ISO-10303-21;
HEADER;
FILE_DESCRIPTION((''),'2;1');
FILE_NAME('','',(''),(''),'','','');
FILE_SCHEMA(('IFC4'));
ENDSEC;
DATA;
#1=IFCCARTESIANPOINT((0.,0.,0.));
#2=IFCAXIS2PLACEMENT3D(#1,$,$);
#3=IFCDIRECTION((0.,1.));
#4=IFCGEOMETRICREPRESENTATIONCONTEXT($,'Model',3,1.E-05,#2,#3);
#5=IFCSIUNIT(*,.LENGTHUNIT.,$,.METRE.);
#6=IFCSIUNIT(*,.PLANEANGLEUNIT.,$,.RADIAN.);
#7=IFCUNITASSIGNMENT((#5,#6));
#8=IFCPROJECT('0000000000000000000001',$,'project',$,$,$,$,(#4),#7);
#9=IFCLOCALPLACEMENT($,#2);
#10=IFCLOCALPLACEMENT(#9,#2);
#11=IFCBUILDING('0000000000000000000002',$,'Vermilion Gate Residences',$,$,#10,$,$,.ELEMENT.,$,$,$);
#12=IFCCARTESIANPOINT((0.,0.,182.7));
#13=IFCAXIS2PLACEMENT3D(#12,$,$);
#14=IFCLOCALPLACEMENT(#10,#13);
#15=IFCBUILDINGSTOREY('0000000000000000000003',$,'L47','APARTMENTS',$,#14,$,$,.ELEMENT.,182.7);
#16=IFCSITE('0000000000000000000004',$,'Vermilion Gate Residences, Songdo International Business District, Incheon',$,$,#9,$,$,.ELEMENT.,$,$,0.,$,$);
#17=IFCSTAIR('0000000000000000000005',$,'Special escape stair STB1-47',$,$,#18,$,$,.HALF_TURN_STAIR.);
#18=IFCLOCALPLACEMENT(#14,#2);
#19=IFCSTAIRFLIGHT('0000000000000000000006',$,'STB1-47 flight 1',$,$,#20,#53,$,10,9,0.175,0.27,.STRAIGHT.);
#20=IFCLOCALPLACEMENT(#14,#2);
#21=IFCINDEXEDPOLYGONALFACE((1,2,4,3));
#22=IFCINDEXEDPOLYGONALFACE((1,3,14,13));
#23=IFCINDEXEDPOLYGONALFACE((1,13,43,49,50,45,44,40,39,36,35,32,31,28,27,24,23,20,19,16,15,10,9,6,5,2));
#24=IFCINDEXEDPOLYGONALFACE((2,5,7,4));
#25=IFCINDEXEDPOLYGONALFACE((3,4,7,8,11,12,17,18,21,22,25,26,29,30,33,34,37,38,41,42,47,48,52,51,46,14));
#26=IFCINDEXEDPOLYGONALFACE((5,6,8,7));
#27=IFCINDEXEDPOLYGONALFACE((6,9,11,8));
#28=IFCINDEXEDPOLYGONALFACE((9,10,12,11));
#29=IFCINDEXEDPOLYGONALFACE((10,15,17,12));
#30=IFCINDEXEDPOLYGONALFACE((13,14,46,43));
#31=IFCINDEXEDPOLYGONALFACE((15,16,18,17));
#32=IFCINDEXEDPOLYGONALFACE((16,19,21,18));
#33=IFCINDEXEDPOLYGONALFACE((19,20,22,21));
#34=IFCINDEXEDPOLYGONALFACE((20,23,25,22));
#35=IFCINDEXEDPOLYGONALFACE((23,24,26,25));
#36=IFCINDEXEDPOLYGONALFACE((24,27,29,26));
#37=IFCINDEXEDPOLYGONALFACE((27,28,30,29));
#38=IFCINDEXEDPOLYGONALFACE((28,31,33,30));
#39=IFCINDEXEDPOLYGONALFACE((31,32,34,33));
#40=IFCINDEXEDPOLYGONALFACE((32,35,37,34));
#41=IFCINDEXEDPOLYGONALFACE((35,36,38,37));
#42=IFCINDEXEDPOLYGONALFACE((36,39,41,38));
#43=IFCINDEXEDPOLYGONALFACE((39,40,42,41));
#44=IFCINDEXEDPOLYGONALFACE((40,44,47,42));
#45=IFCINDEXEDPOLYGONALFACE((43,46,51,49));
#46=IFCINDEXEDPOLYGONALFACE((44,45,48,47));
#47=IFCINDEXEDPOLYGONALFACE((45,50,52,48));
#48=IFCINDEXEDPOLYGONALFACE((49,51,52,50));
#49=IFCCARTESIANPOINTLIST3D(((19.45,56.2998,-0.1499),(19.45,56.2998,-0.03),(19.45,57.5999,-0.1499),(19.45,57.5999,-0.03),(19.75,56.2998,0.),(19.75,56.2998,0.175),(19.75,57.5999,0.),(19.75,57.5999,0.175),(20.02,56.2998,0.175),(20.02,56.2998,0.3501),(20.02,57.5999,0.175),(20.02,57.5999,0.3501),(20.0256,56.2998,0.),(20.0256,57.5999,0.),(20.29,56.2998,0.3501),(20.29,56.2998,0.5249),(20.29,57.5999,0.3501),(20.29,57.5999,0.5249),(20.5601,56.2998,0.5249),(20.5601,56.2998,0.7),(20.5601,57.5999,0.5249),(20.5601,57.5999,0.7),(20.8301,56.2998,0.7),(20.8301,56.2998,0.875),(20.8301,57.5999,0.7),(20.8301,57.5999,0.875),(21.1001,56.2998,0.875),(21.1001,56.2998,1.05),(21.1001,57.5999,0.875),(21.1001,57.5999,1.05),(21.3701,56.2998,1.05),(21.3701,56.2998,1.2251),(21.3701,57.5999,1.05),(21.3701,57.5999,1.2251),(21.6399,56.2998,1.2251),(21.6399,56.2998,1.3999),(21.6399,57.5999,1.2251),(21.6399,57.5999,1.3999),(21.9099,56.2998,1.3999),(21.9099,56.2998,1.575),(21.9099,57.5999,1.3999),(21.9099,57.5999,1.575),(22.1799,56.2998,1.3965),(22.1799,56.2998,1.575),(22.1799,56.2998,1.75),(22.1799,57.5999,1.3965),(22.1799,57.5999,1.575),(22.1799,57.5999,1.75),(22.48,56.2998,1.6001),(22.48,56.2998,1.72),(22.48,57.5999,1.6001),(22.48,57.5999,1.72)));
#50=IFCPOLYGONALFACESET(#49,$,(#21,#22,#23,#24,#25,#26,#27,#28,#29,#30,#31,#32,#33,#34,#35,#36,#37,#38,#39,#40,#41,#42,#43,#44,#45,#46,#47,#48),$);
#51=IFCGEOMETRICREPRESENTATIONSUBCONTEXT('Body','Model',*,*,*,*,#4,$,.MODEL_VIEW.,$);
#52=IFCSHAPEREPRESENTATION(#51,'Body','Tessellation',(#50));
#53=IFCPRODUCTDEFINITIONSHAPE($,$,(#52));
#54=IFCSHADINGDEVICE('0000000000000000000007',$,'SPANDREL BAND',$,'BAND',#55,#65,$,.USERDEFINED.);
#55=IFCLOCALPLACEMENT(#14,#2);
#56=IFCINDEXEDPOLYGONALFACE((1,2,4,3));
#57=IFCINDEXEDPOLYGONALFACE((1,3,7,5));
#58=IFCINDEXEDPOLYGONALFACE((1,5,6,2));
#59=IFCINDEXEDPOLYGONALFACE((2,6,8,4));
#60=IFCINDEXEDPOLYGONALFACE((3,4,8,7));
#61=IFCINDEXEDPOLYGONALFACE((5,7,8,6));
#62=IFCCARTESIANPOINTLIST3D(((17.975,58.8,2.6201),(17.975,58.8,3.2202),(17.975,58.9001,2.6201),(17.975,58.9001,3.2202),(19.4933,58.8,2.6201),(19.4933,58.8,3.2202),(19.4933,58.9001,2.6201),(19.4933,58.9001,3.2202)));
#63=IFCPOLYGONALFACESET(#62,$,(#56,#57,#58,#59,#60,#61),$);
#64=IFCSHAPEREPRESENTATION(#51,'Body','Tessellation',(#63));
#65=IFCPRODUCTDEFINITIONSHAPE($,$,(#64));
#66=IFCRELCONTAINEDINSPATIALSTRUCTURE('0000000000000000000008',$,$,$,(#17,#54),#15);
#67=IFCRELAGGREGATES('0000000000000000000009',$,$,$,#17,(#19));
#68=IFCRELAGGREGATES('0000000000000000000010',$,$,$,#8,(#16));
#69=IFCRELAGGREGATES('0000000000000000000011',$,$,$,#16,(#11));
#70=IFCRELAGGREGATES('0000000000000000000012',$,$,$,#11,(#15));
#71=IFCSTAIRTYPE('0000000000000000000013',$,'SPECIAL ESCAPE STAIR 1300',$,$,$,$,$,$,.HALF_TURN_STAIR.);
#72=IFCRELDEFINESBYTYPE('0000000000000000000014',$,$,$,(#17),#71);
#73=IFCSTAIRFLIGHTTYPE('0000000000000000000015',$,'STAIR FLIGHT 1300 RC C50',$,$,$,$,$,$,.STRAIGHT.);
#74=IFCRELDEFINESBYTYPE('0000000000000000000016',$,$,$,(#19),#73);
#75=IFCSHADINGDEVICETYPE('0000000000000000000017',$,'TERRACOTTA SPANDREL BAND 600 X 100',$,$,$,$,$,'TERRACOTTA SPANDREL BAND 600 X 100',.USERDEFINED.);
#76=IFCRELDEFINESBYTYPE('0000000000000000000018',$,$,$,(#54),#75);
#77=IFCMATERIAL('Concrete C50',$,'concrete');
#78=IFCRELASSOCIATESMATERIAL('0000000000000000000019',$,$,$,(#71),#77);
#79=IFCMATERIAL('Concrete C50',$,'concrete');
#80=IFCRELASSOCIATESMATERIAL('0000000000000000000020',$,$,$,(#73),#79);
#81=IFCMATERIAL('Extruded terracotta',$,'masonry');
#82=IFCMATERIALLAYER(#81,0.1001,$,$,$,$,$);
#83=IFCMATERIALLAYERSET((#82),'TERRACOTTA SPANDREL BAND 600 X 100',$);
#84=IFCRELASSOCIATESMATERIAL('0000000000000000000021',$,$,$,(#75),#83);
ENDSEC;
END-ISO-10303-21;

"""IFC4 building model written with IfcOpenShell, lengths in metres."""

from ifc_helpers import new_model, si_unit, direction, frame, origin, origin_2d, place, context, subcontext, project, spatial, polyline, rectangle, outline, extrude, material, layer, layer_set, type_object, element, aggregate, save


model = new_model("IFC4")

# Units and contexts
model_context = context("Model", 3, precision=1e-05, world=origin(), true_north=direction((0.0, 1.0)))
body_context = subcontext(model_context, "Body", "Model", "MODEL_VIEW")
ifc_project = project(units=[si_unit("LENGTHUNIT", "METRE"), si_unit("PLANEANGLEUNIT", "RADIAN")], contexts=[model_context])

# Site, building, storey
site_placement = place(None, origin())
site = spatial("IfcSite", under=ifc_project, at=site_placement, Name="Vermilion Gate Residences, Songdo International Business District, Incheon", CompositionType="ELEMENT", RefElevation=0.0)
building_placement = place(site_placement, origin())
building = spatial("IfcBuilding", under=site, at=building_placement, Name="Vermilion Gate Residences", CompositionType="ELEMENT")
storey_placement = place(building_placement, frame((0.0, 0.0, 182.7)))
storey = spatial("IfcBuildingStorey", under=building, at=storey_placement, Name="L47", Description="APARTMENTS", CompositionType="ELEMENT", Elevation=182.7)

# Stair, stair flight
ifc_material_1 = material(Name="Concrete C50", Category="concrete")
stair_type = type_object("IfcStairType", Name="SPECIAL ESCAPE STAIR 1300", PredefinedType="HALF_TURN_STAIR", material=ifc_material_1)
stair_placement = place(storey_placement, origin())
stair = element("IfcStair", 1, at=stair_placement, inside=storey, type_object=stair_type, Name="Special escape stair STB1-47", PredefinedType="HALF_TURN_STAIR")
ifc_material_2 = material(Name="Concrete C50", Category="concrete")
stair_flight_type = type_object("IfcStairFlightType", Name="STAIR FLIGHT 1300 RC C50", PredefinedType="STRAIGHT", material=ifc_material_2)
stair_flight_placement = place(storey_placement, frame((19.75, 56.95, 0.0), z_axis=(0.0, 0.0, 1.0), x_axis=(1.0, 0.0, 0.0)))
stair_flight = element("IfcStairFlight", 2, at=stair_flight_placement, type_object=stair_flight_type, Name="STB1-47 flight 1", NumberOfRisers=10, NumberOfTreads=9, PredefinedType="STRAIGHT", RiserHeight=0.175, TreadLength=0.27, context=body_context, shape_type="SweptSolid", body=[
    extrude(outline(polyline([(-0.3, -0.1499), (-0.3, -0.03), (0.0, 0.0), (0.0, 0.175), (0.27, 0.175), (0.27, 0.3501), (0.54, 0.3501), (0.54, 0.5249), (0.8101, 0.5249), (0.8101, 0.7), (1.0801, 0.7), (1.0801, 0.875), (1.3501, 0.875), (1.3501, 1.05), (1.6201, 1.05), (1.6201, 1.2251), (1.8899, 1.2251), (1.8899, 1.3999), (2.1599, 1.3999), (2.1599, 1.575), (2.4299, 1.575), (2.4299, 1.75), (2.73, 1.72), (2.73, 1.6001), (2.4299, 1.3965), (0.2756, 0.0), (-0.3, -0.1499)])), frame((0.0, 0.6499, 0.0), z_axis=(0.0, -1.0, 0.0), x_axis=(1.0, 0.0, 0.0)), (0.0, 0.0, 1.0), 1.3),
])
aggregate(stair, [stair_flight])

# Shading device
ifc_material_3 = material(Name="Extruded terracotta", Category="masonry")
ifc_layer_1 = layer(ifc_material_3, 0.1001)
ifc_layer_set_1 = layer_set([ifc_layer_1], Name="TERRACOTTA SPANDREL BAND 600 X 100")
shading_device_type = type_object("IfcShadingDeviceType", Name="TERRACOTTA SPANDREL BAND 600 X 100", ElementType="TERRACOTTA SPANDREL BAND 600 X 100", PredefinedType="USERDEFINED", material=ifc_layer_set_1)
shading_device_placement = place(storey_placement, frame((18.7341, 58.8501, 2.6201), z_axis=(0.0, 0.0, 1.0), x_axis=(1.0, 0.0, 0.0)))
element("IfcShadingDevice", 3, at=shading_device_placement, inside=storey, type_object=shading_device_type, Name="SPANDREL BAND", ObjectType="BAND", PredefinedType="USERDEFINED", context=body_context, shape_type="SweptSolid", body=[
    extrude(rectangle(XDim=1.5183, YDim=0.1001, at=origin_2d()), origin(), (0.0, 0.0, 1.0), 0.6001),
])

save(model, "model.ifc")
